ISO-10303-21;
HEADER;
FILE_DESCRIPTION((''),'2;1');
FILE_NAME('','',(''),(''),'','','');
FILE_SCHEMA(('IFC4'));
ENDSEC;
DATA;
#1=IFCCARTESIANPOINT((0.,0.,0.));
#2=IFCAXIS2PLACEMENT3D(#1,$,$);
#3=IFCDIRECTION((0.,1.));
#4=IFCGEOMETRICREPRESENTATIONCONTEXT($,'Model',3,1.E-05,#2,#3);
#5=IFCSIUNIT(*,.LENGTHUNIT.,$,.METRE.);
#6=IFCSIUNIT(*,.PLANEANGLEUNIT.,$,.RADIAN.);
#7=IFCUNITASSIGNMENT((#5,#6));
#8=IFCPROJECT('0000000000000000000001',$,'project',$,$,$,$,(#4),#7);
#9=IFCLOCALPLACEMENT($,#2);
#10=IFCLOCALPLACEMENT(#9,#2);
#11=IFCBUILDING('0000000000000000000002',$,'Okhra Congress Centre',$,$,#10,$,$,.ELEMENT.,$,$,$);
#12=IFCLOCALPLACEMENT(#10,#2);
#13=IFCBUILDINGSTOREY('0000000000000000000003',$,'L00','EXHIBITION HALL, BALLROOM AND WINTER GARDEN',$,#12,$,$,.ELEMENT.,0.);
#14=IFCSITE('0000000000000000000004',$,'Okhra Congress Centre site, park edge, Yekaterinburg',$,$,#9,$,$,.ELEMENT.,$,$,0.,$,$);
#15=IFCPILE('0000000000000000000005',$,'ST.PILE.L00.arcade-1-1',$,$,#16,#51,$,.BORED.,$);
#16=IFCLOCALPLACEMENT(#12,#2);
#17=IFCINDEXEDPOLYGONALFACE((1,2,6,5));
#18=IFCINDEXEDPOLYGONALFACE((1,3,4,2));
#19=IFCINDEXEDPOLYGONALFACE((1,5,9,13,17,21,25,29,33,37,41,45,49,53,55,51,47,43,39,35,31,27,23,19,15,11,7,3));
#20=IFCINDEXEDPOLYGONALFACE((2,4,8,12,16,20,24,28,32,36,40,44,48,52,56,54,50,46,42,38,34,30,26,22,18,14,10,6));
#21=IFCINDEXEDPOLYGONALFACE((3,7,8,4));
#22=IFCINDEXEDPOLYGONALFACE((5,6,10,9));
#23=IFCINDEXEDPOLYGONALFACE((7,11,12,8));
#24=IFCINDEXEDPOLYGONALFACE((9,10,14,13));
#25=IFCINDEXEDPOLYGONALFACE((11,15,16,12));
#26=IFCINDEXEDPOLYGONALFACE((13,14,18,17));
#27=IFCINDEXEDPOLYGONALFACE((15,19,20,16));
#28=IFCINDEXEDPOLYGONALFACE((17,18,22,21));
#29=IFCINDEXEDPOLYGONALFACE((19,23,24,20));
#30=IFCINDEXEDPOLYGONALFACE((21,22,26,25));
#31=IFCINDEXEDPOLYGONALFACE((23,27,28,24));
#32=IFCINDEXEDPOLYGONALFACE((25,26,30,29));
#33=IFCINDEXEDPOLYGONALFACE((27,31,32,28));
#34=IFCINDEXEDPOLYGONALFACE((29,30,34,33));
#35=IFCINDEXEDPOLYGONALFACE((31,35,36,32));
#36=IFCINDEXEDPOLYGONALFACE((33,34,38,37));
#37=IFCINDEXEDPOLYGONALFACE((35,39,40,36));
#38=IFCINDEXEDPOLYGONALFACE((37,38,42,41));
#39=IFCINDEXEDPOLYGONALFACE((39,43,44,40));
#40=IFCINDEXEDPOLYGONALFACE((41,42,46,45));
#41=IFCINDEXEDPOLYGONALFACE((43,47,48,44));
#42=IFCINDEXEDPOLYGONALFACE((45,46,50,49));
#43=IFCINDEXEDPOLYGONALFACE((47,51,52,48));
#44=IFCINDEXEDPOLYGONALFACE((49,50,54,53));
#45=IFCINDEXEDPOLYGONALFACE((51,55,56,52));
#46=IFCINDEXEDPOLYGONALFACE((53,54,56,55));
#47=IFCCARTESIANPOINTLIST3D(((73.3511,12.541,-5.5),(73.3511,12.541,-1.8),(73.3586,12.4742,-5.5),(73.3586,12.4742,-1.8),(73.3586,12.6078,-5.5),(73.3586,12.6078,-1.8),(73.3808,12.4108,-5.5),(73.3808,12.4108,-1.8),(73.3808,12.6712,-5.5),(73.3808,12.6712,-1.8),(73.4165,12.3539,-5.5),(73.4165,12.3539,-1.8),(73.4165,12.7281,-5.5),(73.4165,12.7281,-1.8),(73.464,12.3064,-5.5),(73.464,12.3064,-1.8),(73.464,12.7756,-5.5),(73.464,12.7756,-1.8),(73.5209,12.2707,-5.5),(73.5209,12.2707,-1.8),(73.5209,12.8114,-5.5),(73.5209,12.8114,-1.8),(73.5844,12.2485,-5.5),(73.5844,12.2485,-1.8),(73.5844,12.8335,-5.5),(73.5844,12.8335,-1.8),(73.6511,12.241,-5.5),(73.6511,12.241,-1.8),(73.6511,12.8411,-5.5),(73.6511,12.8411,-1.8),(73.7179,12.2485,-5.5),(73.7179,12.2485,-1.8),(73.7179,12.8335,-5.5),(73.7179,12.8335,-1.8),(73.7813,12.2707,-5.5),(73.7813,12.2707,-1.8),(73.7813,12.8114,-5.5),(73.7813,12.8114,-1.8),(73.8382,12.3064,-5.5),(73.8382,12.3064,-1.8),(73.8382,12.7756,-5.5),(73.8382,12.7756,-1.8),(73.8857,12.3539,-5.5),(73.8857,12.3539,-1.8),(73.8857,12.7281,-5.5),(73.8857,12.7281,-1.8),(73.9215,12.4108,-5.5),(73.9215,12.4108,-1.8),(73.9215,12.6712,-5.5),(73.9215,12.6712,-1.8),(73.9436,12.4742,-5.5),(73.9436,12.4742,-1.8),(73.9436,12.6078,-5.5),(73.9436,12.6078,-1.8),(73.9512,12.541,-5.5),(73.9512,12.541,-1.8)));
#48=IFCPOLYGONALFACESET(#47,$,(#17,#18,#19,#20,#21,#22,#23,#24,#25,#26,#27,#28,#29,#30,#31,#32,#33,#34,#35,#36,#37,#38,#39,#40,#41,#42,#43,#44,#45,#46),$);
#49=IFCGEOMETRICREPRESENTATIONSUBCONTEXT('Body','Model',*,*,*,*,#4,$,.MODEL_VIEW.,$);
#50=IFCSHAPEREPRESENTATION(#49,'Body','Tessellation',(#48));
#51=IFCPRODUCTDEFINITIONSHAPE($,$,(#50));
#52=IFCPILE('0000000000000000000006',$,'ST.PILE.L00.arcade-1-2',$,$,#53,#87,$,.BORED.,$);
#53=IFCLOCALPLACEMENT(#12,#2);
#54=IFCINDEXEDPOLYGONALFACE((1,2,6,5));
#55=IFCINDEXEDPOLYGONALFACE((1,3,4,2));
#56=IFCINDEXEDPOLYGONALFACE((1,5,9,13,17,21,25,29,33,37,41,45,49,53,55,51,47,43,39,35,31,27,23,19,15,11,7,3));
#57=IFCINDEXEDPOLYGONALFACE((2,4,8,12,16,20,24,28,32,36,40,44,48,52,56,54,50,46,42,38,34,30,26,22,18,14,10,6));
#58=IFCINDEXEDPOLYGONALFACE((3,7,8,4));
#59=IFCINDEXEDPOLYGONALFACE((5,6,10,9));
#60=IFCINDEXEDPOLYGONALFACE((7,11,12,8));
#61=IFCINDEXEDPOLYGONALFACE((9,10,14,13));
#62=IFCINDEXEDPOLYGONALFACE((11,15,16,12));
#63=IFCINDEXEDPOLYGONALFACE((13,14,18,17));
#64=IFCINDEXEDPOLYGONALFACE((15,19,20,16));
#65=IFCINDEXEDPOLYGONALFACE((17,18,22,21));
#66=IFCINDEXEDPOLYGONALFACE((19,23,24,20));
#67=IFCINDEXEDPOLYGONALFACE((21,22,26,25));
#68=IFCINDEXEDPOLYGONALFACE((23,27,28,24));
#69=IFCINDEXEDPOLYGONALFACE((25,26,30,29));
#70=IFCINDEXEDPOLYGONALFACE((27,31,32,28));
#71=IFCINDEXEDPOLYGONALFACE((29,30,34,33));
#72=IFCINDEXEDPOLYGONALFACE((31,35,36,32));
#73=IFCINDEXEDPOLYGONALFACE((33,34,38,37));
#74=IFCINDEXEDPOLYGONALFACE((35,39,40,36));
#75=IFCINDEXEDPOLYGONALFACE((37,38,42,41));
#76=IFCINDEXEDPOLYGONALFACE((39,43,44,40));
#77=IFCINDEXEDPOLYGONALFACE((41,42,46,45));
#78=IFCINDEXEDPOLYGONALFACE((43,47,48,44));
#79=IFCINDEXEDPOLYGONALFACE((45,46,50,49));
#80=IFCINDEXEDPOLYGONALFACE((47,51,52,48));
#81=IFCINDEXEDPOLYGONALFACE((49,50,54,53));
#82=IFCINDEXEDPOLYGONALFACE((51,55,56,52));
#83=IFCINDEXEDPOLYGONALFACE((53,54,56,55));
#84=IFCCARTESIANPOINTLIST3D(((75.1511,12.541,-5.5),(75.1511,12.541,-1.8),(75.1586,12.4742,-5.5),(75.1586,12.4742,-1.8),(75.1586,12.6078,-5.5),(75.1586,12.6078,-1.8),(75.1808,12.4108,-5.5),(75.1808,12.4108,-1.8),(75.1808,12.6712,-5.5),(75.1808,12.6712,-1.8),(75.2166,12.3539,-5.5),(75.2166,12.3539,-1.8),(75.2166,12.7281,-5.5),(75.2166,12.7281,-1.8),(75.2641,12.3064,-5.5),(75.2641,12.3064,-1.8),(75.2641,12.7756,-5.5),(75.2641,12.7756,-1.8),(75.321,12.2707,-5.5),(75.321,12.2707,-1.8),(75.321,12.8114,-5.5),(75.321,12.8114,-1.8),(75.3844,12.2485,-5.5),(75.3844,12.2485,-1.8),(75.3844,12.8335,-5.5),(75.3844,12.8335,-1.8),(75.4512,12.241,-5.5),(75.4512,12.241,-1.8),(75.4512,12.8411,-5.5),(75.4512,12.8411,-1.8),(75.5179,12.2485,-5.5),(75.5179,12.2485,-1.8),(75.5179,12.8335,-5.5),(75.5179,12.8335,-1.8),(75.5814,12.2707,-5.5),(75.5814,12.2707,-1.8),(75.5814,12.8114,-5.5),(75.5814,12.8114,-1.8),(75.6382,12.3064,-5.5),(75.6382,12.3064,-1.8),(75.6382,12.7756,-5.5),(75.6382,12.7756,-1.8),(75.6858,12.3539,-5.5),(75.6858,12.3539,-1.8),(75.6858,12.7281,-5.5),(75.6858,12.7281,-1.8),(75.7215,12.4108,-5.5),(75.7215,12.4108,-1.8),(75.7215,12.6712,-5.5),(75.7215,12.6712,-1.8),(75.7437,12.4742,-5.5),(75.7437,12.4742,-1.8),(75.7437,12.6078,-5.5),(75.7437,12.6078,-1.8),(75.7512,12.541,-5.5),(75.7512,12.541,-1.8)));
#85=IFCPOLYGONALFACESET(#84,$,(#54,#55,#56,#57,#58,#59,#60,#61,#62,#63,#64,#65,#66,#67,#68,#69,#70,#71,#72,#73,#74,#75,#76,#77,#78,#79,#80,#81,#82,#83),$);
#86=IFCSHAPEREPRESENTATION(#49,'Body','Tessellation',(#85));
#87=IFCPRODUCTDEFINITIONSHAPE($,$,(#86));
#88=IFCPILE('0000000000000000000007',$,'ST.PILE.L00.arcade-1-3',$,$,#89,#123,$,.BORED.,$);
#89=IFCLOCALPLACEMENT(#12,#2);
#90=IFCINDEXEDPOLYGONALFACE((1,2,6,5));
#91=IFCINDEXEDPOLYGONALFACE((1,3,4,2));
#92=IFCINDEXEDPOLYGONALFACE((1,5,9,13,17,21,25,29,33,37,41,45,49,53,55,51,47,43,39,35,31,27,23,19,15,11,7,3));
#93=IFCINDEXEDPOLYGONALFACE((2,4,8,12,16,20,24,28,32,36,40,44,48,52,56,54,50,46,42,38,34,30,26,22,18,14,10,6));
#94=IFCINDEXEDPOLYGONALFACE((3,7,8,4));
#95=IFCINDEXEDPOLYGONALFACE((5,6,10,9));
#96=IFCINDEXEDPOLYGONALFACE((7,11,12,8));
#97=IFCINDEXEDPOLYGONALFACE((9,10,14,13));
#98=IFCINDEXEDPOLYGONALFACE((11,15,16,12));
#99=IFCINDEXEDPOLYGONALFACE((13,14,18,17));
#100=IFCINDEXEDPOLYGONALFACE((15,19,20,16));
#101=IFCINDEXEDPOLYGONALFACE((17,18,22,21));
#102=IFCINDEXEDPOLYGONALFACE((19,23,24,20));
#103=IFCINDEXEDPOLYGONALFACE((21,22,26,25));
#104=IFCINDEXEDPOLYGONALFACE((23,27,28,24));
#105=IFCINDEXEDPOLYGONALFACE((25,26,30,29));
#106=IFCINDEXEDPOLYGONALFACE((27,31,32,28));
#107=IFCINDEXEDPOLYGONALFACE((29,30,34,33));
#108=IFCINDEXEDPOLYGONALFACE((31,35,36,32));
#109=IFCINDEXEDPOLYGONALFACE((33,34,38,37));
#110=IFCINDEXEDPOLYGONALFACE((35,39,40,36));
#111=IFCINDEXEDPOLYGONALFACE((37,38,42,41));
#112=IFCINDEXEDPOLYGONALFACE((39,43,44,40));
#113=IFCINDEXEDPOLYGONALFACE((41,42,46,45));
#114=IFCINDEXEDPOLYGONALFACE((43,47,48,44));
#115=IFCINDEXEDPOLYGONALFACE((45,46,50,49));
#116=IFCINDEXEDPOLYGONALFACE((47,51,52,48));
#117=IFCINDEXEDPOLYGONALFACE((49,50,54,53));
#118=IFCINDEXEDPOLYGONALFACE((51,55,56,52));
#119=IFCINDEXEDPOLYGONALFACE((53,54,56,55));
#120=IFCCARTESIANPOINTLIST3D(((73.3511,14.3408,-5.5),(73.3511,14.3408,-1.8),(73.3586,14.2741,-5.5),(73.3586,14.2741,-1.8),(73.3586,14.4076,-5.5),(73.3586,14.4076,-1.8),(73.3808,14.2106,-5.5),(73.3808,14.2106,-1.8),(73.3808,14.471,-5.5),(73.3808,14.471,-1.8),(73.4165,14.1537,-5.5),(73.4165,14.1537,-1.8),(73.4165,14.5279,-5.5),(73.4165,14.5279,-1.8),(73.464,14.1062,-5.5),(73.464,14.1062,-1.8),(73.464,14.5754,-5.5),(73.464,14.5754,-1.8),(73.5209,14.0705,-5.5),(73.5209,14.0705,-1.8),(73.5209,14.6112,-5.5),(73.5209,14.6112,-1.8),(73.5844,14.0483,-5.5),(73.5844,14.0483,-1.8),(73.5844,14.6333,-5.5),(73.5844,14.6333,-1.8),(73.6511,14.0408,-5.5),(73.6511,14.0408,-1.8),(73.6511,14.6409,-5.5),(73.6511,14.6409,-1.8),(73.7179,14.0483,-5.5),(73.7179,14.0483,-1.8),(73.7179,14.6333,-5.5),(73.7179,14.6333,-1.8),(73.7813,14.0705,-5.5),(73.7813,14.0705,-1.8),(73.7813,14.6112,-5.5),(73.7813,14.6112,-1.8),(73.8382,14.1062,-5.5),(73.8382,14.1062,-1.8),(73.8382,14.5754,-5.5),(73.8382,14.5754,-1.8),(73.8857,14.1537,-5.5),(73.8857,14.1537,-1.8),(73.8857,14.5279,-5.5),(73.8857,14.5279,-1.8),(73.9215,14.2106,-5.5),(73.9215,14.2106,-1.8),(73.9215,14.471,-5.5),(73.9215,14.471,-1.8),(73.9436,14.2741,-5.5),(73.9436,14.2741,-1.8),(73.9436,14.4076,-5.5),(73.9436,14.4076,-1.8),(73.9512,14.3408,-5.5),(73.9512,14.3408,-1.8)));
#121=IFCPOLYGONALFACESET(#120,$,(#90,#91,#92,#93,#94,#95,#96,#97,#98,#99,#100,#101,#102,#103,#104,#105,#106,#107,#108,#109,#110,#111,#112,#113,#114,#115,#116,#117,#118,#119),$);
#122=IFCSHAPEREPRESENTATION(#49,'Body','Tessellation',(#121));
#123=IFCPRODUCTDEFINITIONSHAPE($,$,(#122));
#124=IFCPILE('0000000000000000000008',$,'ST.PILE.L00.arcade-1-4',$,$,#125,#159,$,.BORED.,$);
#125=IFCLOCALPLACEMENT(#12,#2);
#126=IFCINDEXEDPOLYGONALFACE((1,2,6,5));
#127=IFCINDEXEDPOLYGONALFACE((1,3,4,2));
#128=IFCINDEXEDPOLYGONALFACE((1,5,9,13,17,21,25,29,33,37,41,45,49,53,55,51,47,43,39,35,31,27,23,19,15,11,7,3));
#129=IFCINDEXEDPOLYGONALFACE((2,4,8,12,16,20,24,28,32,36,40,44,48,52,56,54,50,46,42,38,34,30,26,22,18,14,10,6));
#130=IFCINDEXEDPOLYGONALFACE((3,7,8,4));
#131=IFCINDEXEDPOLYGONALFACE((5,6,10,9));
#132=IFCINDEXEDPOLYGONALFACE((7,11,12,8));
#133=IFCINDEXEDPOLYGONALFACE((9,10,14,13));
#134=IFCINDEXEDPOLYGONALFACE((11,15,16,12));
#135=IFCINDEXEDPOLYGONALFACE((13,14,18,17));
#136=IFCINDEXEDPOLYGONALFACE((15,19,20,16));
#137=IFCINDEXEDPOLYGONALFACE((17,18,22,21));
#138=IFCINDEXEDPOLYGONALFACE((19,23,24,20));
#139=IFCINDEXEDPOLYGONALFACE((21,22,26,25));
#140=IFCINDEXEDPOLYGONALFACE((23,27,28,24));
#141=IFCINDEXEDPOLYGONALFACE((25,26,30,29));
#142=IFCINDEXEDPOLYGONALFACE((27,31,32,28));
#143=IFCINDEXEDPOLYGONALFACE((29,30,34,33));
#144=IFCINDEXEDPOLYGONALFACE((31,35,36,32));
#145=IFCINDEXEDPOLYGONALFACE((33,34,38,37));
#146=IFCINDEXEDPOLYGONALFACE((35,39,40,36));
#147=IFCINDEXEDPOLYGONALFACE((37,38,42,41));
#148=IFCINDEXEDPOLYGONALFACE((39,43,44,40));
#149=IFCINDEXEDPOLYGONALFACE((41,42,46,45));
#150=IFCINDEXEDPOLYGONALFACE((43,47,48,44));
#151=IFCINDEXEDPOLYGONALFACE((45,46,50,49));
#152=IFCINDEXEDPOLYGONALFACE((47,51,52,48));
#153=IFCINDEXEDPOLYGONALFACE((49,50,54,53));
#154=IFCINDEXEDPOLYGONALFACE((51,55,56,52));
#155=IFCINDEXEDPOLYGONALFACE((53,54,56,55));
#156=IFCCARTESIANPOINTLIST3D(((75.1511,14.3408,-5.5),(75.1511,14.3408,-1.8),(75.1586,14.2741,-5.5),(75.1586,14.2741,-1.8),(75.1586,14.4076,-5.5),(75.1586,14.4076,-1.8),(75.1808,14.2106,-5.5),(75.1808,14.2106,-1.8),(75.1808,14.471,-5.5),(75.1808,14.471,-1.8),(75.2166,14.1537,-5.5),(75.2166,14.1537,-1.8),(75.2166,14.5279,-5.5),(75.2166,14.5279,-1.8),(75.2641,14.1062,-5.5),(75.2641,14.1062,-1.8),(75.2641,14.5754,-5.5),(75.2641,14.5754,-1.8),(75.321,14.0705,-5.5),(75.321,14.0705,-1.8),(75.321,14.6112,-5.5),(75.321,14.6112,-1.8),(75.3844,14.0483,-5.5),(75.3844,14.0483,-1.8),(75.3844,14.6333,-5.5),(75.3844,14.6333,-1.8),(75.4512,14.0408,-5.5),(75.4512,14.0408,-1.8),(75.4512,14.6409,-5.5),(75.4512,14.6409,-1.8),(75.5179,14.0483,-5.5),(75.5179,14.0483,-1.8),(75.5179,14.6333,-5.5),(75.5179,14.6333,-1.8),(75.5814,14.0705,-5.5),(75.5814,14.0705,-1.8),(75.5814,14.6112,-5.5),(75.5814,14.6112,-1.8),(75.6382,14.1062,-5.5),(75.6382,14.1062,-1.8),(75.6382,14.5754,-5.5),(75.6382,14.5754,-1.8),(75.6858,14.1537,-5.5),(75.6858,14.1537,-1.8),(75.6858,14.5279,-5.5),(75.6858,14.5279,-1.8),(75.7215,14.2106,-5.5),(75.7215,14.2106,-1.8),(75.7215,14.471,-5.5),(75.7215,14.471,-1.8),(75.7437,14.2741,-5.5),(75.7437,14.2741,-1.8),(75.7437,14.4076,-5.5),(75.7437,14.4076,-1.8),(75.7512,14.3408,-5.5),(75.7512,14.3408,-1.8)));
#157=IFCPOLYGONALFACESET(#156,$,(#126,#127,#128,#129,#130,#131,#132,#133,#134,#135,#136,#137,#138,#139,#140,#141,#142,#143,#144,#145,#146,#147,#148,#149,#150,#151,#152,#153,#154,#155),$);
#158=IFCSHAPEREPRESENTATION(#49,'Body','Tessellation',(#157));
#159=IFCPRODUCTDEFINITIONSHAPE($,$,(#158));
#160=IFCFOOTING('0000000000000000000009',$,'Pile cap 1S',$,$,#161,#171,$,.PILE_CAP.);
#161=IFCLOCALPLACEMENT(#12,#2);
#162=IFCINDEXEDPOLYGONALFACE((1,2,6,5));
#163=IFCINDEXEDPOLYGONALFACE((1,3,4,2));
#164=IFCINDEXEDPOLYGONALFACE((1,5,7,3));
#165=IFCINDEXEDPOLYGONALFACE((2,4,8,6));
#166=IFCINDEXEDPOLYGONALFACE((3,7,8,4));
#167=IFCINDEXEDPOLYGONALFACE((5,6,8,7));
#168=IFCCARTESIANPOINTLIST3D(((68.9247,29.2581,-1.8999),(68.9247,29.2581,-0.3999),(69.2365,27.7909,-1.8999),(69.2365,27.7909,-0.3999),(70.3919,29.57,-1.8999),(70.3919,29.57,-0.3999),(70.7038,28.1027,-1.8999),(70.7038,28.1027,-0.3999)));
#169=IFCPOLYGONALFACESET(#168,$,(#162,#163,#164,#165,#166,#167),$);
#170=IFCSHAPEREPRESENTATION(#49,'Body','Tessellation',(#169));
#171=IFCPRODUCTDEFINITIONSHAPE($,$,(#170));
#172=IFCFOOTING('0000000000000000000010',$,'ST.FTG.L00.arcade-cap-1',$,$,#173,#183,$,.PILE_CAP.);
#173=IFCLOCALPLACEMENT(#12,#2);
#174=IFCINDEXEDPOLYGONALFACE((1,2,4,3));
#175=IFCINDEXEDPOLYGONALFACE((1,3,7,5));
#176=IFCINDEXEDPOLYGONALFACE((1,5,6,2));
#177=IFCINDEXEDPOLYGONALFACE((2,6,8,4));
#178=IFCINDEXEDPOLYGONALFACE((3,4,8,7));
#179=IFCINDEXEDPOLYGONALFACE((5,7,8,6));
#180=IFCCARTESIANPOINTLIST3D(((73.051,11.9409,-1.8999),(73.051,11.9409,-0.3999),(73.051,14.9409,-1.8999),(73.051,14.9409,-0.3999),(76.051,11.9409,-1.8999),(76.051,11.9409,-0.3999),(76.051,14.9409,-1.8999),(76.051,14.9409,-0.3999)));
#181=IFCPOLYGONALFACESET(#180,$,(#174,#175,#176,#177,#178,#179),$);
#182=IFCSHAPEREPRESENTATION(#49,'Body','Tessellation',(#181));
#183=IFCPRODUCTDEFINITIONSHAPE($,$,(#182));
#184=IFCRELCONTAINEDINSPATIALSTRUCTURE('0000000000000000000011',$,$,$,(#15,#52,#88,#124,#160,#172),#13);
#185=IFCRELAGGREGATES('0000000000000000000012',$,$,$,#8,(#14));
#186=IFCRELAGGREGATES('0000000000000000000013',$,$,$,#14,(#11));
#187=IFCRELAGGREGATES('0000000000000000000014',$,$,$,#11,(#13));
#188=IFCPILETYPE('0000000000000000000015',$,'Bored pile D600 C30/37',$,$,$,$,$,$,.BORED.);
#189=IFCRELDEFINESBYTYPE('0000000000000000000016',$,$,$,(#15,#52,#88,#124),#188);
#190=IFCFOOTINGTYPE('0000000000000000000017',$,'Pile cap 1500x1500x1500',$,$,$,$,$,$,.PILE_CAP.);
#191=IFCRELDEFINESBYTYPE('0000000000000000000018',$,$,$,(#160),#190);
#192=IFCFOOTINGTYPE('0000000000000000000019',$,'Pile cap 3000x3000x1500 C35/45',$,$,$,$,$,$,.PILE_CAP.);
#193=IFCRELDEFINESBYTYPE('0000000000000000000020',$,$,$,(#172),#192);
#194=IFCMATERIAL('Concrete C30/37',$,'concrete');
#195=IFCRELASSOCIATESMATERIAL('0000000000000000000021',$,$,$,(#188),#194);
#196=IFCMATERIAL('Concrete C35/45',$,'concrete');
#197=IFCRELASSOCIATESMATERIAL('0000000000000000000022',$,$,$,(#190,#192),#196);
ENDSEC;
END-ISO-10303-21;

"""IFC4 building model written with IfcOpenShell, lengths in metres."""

from ifc_helpers import new_model, si_unit, direction, frame, origin, origin_2d, place, context, subcontext, project, spatial, rectangle, circle, extrude, material, material_profile, profile_set, type_object, element, save


model = new_model("IFC4")

# Units and contexts
model_context = context("Model", 3, precision=1e-05, world=origin(), true_north=direction((0.0, 1.0)))
body_context = subcontext(model_context, "Body", "Model", "MODEL_VIEW")
ifc_project = project(units=[si_unit("LENGTHUNIT", "METRE"), si_unit("PLANEANGLEUNIT", "RADIAN")], contexts=[model_context])

# Site, building, storey
site_placement = place(None, origin())
site = spatial("IfcSite", under=ifc_project, at=site_placement, Name="Okhra Congress Centre site, park edge, Yekaterinburg", CompositionType="ELEMENT", RefElevation=0.0)
building_placement = place(site_placement, origin())
building = spatial("IfcBuilding", under=site, at=building_placement, Name="Okhra Congress Centre", CompositionType="ELEMENT")
storey_placement = place(building_placement, origin())
storey = spatial("IfcBuildingStorey", under=building, at=storey_placement, Name="L00", Description="EXHIBITION HALL, BALLROOM AND WINTER GARDEN", CompositionType="ELEMENT", Elevation=0.0)

# Piles
ifc_material_1 = material(Name="Concrete C30/37", Category="concrete")
ifc_material_profile_1 = material_profile(ifc_material_1, circle(Radius=0.3, at=origin_2d()), Name="D600")
ifc_profile_set_1 = profile_set([ifc_material_profile_1], Name="Concrete C30/37")
pile_type = type_object("IfcPileType", Name="Bored pile D600 C30/37", PredefinedType="BORED", material=ifc_profile_set_1)
for number, where, z_axis, x_axis, name in (
    (1, (73.6511, 12.541, -1.8), (0.0, 0.0, -1.0), (1.0, 0.0, 0.0), "ST.PILE.L00.arcade-1-1"),
    (2, (75.4512, 12.541, -1.8), (0.0, 0.0, -1.0), (1.0, 0.0, 0.0), "ST.PILE.L00.arcade-1-2"),
    (3, (73.6511, 14.3408, -1.8), (0.0, 0.0, -1.0), (1.0, 0.0, 0.0), "ST.PILE.L00.arcade-1-3"),
    (4, (75.4512, 14.3408, -1.8), (0.0, 0.0, -1.0), (1.0, 0.0, 0.0), "ST.PILE.L00.arcade-1-4"),
):
    element("IfcPile", number, at=place(storey_placement, frame(where, z_axis=z_axis, x_axis=x_axis)), inside=storey, type_object=pile_type, Name=name, PredefinedType="BORED", context=body_context, shape_type="SweptSolid", body=[
        extrude(circle(Radius=0.3, at=origin_2d()), origin(), (0.0, 0.0, 1.0), 3.7),
    ])

# Footings
ifc_material_2 = material(Name="Concrete C35/45", Category="concrete")
footing_type_1 = type_object("IfcFootingType", Name="Pile cap 1500x1500x1500", PredefinedType="PILE_CAP", material=ifc_material_2)
footing_1_placement = place(storey_placement, frame((69.8142, 28.6804, -1.8999), z_axis=(0.0, 0.0, 1.0), x_axis=(0.978148, 0.207912, 0.0)))
element("IfcFooting", 5, at=footing_1_placement, inside=storey, type_object=footing_type_1, Name="Pile cap 1S", PredefinedType="PILE_CAP", context=body_context, shape_type="SweptSolid", body=[
    extrude(rectangle(XDim=1.5, YDim=1.5, at=origin_2d()), origin(), (0.0, 0.0, 1.0), 1.5),
])
footing_type_2 = type_object("IfcFootingType", Name="Pile cap 3000x3000x1500 C35/45", PredefinedType="PILE_CAP", material=ifc_material_2)
footing_2_placement = place(storey_placement, frame((74.551, 13.4409, -1.8999), z_axis=(0.0, 0.0, 1.0), x_axis=(1.0, 0.0, 0.0)))
element("IfcFooting", 6, at=footing_2_placement, inside=storey, type_object=footing_type_2, Name="ST.FTG.L00.arcade-cap-1", PredefinedType="PILE_CAP", context=body_context, shape_type="SweptSolid", body=[
    extrude(rectangle(XDim=3.0, YDim=3.0, at=origin_2d()), origin(), (0.0, 0.0, 1.0), 1.5),
])

save(model, "model.ifc")
